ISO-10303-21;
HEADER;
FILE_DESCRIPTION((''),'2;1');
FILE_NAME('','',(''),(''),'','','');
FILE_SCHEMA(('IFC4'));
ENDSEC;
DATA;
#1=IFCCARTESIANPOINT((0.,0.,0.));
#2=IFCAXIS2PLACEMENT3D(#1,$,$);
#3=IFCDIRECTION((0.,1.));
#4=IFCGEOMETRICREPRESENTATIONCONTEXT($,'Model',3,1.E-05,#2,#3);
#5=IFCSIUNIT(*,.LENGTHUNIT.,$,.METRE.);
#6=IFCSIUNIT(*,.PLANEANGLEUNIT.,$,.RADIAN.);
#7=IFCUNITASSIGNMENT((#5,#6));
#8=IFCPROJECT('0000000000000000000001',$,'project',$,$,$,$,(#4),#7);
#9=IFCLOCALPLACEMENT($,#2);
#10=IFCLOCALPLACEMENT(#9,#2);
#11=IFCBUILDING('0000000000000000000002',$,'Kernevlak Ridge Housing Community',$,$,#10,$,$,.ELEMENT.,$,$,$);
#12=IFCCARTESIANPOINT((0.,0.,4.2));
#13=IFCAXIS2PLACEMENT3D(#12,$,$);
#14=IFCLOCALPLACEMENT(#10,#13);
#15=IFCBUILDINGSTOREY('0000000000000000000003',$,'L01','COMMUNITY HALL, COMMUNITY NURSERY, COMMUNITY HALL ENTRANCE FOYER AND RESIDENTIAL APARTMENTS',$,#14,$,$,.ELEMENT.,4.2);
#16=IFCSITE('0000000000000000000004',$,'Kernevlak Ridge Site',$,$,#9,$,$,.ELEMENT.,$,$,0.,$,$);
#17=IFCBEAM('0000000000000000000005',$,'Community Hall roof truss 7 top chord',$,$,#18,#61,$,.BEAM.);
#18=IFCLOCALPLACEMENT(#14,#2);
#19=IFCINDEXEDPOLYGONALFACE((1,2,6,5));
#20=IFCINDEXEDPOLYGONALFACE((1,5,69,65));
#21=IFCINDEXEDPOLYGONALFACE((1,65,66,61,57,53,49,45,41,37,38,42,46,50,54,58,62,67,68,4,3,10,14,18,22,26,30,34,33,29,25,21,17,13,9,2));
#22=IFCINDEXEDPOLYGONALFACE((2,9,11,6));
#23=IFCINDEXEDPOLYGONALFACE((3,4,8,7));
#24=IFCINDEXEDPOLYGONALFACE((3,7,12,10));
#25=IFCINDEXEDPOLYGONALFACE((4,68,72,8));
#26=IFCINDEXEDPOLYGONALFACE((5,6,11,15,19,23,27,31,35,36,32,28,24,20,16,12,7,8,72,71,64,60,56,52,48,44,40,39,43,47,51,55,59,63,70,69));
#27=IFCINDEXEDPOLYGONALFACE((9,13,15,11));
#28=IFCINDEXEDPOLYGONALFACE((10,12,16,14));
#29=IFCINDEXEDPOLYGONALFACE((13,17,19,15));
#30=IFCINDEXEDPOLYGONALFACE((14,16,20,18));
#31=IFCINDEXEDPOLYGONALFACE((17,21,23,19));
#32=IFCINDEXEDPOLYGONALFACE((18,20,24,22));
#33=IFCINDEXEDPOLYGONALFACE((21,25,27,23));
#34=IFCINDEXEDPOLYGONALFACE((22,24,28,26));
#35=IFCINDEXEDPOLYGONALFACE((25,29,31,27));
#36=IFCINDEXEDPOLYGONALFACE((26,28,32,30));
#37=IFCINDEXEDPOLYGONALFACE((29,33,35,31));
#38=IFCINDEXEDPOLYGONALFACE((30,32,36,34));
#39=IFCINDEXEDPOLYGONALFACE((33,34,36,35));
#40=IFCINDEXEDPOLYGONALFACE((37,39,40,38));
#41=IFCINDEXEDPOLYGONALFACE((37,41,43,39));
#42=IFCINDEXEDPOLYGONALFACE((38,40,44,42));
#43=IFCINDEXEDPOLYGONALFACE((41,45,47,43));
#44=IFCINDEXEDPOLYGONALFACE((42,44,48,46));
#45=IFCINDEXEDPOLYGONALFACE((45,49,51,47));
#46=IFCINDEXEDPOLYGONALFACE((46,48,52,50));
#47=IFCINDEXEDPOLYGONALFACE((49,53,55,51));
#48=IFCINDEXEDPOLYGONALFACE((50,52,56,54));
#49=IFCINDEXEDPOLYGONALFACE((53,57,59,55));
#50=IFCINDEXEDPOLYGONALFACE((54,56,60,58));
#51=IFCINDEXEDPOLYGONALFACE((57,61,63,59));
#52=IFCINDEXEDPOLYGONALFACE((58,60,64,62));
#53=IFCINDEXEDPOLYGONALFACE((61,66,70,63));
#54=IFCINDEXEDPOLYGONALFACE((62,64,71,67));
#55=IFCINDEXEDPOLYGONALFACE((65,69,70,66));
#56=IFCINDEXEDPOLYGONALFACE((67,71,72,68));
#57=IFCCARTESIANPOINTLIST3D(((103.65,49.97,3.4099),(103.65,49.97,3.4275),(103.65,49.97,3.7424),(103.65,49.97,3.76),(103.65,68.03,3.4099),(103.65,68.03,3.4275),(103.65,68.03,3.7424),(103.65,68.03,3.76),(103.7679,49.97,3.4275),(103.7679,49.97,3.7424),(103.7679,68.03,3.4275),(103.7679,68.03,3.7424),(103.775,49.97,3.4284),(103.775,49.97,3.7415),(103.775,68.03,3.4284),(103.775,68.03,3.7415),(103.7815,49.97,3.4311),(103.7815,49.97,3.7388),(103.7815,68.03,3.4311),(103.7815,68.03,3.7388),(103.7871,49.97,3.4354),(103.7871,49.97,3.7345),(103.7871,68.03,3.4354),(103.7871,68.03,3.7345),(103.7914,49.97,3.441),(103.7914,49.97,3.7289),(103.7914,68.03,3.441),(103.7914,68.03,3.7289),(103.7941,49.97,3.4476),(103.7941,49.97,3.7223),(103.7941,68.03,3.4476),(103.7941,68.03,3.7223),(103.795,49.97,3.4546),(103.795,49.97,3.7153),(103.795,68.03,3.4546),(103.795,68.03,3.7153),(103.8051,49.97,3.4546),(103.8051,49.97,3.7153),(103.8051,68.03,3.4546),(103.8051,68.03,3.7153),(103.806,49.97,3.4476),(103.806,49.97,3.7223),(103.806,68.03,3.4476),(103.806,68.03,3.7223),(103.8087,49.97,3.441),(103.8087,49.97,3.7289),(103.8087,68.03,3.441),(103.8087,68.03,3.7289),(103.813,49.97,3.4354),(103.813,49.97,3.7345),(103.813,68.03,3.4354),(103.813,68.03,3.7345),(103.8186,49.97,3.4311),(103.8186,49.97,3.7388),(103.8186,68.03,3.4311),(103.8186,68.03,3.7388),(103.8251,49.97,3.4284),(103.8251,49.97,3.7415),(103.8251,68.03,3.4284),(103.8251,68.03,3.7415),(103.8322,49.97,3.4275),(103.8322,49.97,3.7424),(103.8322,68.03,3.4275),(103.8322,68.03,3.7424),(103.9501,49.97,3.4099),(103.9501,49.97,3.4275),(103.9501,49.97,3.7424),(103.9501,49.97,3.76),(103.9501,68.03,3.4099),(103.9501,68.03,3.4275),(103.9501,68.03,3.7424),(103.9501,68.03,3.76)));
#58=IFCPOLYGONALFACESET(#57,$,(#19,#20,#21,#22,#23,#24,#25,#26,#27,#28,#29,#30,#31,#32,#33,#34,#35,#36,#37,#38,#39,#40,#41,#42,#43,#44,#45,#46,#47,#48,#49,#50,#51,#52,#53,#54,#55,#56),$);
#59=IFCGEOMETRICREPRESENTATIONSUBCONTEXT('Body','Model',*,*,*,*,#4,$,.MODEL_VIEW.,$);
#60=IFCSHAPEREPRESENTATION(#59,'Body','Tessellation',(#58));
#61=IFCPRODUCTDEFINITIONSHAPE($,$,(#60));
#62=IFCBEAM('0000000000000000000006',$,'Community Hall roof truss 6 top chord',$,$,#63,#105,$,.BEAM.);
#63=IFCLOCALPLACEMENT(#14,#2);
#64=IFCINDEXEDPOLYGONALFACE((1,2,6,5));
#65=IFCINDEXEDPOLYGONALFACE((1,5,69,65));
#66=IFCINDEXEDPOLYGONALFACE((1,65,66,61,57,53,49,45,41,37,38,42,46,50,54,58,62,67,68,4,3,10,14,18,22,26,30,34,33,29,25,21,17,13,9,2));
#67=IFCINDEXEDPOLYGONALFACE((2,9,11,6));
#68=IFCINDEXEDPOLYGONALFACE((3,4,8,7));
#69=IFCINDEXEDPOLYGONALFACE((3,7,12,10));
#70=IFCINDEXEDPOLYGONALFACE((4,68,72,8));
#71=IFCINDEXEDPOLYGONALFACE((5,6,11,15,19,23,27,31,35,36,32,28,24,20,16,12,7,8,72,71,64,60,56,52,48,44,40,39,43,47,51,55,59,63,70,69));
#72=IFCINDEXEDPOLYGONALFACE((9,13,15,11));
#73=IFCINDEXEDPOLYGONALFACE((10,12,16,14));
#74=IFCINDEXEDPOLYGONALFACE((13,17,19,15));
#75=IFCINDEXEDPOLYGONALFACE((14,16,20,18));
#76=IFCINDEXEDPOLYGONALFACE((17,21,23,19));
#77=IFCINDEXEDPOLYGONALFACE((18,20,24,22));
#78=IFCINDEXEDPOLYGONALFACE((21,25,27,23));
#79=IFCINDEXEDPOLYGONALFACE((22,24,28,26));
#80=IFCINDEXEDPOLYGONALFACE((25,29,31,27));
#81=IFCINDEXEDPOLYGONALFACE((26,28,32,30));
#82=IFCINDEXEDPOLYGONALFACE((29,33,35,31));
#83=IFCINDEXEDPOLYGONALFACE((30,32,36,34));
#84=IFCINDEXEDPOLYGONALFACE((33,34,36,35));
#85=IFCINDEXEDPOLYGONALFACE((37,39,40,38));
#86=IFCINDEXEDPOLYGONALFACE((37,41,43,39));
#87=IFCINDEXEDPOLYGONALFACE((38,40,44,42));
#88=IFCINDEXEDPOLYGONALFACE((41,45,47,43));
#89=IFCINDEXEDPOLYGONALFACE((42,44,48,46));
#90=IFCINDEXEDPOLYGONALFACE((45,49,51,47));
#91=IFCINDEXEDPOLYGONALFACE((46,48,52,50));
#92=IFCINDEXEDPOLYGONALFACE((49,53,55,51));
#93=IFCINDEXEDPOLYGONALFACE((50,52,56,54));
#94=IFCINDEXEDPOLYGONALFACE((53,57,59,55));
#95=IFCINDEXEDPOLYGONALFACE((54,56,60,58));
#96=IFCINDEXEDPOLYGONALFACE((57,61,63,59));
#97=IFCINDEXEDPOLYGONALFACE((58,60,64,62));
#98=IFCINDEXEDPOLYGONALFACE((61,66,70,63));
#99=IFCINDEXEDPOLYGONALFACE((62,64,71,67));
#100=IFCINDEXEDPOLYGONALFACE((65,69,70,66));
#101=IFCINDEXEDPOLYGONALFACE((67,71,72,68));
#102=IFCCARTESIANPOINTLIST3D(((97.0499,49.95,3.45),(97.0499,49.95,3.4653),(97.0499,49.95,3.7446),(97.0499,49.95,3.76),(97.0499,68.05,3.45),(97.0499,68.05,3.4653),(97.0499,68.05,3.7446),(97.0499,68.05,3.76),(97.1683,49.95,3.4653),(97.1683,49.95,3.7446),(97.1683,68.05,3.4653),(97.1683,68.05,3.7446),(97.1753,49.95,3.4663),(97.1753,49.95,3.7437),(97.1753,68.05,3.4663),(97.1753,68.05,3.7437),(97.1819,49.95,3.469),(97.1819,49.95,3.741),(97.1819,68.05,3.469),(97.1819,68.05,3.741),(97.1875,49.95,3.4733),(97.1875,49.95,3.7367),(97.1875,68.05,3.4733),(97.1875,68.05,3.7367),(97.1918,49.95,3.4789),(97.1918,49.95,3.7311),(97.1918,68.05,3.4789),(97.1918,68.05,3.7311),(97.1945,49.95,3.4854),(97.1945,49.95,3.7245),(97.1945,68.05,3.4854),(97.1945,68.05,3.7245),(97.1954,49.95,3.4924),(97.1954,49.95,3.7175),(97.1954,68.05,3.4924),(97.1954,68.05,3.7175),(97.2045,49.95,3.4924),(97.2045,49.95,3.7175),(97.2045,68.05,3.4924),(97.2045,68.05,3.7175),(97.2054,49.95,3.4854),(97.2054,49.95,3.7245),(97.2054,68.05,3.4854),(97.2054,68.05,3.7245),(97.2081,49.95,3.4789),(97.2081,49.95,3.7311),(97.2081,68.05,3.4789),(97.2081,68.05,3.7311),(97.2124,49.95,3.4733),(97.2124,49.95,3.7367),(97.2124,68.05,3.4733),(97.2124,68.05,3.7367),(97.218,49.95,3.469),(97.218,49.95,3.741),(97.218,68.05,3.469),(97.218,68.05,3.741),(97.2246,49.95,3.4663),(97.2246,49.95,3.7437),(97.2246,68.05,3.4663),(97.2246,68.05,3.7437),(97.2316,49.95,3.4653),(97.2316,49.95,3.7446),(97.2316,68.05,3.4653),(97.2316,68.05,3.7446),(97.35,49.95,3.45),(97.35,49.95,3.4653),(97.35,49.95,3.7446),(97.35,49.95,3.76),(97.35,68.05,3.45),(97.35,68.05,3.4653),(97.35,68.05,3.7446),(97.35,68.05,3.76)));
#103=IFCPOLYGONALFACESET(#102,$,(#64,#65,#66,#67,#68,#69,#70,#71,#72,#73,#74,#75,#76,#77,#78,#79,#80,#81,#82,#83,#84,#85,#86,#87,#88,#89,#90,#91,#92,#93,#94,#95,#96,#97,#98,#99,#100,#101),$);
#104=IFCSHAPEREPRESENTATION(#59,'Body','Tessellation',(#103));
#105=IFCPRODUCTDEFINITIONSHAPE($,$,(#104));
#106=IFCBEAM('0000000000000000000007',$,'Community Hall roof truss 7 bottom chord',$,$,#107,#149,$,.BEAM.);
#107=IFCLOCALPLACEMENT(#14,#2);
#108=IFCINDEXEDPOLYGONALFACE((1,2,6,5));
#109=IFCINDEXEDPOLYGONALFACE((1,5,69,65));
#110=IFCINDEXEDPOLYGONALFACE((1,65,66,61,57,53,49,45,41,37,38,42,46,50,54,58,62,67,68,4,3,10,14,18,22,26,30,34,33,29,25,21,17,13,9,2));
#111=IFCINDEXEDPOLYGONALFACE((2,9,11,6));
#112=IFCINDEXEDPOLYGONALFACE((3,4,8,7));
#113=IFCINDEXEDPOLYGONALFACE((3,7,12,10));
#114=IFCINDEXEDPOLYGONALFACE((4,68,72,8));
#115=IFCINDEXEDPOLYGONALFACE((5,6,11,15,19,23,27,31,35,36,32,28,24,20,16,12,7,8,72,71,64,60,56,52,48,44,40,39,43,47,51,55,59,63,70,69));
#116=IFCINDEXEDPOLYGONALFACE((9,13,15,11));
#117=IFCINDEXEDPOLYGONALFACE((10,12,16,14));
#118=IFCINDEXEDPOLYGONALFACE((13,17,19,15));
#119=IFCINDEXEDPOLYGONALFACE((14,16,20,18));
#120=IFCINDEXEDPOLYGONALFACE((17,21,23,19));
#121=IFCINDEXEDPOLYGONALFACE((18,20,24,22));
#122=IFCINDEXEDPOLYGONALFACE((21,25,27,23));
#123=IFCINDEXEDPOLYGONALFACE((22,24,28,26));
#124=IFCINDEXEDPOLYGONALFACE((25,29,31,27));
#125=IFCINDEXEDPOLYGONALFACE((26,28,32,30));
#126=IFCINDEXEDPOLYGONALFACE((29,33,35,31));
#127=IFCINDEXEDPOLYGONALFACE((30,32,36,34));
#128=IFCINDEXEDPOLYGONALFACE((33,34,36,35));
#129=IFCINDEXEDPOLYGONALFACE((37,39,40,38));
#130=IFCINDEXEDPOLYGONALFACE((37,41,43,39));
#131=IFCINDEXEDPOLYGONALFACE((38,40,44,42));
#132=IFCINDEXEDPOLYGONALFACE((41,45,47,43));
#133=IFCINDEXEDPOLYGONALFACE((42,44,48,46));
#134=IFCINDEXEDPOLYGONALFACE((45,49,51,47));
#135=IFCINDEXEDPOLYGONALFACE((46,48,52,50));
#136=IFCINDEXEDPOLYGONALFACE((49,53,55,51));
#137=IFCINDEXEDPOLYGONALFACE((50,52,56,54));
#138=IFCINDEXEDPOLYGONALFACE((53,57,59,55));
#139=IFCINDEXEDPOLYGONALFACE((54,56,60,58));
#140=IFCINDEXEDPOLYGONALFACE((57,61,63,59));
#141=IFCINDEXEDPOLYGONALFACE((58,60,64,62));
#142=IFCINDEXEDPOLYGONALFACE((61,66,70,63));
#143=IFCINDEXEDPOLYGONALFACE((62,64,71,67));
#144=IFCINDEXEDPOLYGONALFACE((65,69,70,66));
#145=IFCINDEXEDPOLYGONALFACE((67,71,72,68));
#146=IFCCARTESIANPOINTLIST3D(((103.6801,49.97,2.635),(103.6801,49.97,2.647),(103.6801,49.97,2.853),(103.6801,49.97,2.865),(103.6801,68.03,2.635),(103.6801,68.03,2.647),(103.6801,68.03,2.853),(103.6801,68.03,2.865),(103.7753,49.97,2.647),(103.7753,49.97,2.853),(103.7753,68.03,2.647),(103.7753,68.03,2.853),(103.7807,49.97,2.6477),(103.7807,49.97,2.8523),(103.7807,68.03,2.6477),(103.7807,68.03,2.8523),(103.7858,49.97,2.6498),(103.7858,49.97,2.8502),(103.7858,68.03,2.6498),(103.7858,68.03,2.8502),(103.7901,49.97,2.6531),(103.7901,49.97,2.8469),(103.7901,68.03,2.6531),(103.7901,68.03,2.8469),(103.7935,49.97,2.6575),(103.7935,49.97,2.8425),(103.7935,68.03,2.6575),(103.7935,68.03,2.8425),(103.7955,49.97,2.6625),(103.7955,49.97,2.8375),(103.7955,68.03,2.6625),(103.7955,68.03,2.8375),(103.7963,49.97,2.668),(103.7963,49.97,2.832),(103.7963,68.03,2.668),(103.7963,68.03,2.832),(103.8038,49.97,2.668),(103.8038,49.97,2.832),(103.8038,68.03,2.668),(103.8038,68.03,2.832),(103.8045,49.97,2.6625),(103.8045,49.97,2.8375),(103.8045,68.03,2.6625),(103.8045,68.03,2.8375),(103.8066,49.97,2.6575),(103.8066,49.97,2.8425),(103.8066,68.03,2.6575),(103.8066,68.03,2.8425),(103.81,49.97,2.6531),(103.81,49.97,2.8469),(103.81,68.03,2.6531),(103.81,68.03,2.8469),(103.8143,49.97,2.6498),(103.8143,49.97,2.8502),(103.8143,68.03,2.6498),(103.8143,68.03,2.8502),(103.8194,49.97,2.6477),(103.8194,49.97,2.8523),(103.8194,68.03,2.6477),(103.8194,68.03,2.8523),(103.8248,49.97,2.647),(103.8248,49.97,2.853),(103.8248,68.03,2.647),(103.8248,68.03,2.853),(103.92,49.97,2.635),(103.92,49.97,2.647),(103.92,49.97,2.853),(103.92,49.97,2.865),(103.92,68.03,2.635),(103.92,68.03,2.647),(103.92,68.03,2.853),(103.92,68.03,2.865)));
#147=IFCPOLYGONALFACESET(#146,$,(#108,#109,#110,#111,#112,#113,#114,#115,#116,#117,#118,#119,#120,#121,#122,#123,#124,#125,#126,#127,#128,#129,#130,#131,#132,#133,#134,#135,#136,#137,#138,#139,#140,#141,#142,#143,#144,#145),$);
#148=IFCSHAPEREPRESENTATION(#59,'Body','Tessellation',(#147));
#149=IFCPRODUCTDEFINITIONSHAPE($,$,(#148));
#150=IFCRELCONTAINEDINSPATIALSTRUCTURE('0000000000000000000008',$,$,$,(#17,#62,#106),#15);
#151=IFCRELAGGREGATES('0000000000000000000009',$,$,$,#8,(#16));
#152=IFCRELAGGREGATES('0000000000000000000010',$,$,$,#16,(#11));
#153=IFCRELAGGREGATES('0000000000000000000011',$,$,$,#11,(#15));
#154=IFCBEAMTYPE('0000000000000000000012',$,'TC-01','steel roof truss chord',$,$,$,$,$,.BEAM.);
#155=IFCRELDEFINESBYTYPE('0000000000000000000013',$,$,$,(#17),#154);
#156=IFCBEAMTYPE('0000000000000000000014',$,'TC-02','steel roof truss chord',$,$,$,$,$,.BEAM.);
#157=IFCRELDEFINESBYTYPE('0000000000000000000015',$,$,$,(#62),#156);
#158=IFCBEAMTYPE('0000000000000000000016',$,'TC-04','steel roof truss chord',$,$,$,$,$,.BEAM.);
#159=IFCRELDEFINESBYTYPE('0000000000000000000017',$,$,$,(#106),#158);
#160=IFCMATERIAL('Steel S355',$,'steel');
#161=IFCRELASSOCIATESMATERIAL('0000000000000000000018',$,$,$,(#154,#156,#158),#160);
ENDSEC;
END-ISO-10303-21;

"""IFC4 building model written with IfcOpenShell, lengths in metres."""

from ifc_helpers import new_model, si_unit, direction, frame, origin, origin_2d, place, context, subcontext, project, spatial, i_section, extrude, material, material_profile, profile_set, type_object, element, save


model = new_model("IFC4")

# Units and contexts
model_context = context("Model", 3, precision=1e-05, world=origin(), true_north=direction((0.0, 1.0)))
body_context = subcontext(model_context, "Body", "Model", "MODEL_VIEW")
ifc_project = project(units=[si_unit("LENGTHUNIT", "METRE"), si_unit("PLANEANGLEUNIT", "RADIAN")], contexts=[model_context])

# Site, building, storey
site_placement = place(None, origin())
site = spatial("IfcSite", under=ifc_project, at=site_placement, Name="Kernevlak Ridge Site", CompositionType="ELEMENT", RefElevation=0.0)
building_placement = place(site_placement, origin())
building = spatial("IfcBuilding", under=site, at=building_placement, Name="Kernevlak Ridge Housing Community", CompositionType="ELEMENT")
storey_placement = place(building_placement, frame((0.0, 0.0, 4.2)))
storey = spatial("IfcBuildingStorey", under=building, at=storey_placement, Name="L01", Description="COMMUNITY HALL, COMMUNITY NURSERY, COMMUNITY HALL ENTRANCE FOYER AND RESIDENTIAL APARTMENTS", CompositionType="ELEMENT", Elevation=4.2)

# Shared definitions
ifc_material_1 = material(Name="Steel S355", Category="steel")

# Beams
ifc_material_profile_1 = material_profile(ifc_material_1, i_section(OverallWidth=0.3, OverallDepth=0.3501, WebThickness=0.01, FlangeThickness=0.0176, FilletRadius=0.0271, at=origin_2d()), Name="HEA 360")
ifc_profile_set_1 = profile_set([ifc_material_profile_1], Name="Steel S355")
beam_type_1 = type_object("IfcBeamType", Name="TC-01", Description="steel roof truss chord", PredefinedType="BEAM", material=ifc_profile_set_1)
beam_1_placement = place(storey_placement, frame((103.8, 49.97, 3.585), z_axis=(0.0, 1.0, 0.0), x_axis=(-1.0, 0.0, 0.0)))
element("IfcBeam", 1, at=beam_1_placement, inside=storey, type_object=beam_type_1, Name="Community Hall roof truss 7 top chord", PredefinedType="BEAM", context=body_context, shape_type="SweptSolid", body=[
    extrude(i_section(OverallWidth=0.3, OverallDepth=0.3501, WebThickness=0.01, FlangeThickness=0.0176, FilletRadius=0.0271, at=origin_2d()), origin(), (0.0, 0.0, 1.0), 18.0601),
])
ifc_material_profile_2 = material_profile(ifc_material_1, i_section(OverallWidth=0.3, OverallDepth=0.3101, WebThickness=0.009, FlangeThickness=0.0154, FilletRadius=0.0271, at=origin_2d()), Name="HEA 320")
ifc_profile_set_2 = profile_set([ifc_material_profile_2], Name="Steel S355")
beam_type_2 = type_object("IfcBeamType", Name="TC-02", Description="steel roof truss chord", PredefinedType="BEAM", material=ifc_profile_set_2)
beam_2_placement = place(storey_placement, frame((97.2, 49.95, 3.605), z_axis=(0.0, 1.0, 0.0), x_axis=(-1.0, 0.0, 0.0)))
element("IfcBeam", 2, at=beam_2_placement, inside=storey, type_object=beam_type_2, Name="Community Hall roof truss 6 top chord", PredefinedType="BEAM", context=body_context, shape_type="SweptSolid", body=[
    extrude(i_section(OverallWidth=0.3, OverallDepth=0.3101, WebThickness=0.009, FlangeThickness=0.0154, FilletRadius=0.0271, at=origin_2d()), origin(), (0.0, 0.0, 1.0), 18.1001),
])
ifc_material_profile_3 = material_profile(ifc_material_1, i_section(OverallWidth=0.24, OverallDepth=0.23, WebThickness=0.0076, FlangeThickness=0.012, FilletRadius=0.021, at=origin_2d()), Name="HEA 240")
ifc_profile_set_3 = profile_set([ifc_material_profile_3], Name="Steel S355")
beam_type_3 = type_object("IfcBeamType", Name="TC-04", Description="steel roof truss chord", PredefinedType="BEAM", material=ifc_profile_set_3)
beam_3_placement = place(storey_placement, frame((103.8, 49.97, 2.75), z_axis=(0.0, 1.0, 0.0), x_axis=(-1.0, 0.0, 0.0)))
element("IfcBeam", 3, at=beam_3_placement, inside=storey, type_object=beam_type_3, Name="Community Hall roof truss 7 bottom chord", PredefinedType="BEAM", context=body_context, shape_type="SweptSolid", body=[
    extrude(i_section(OverallWidth=0.24, OverallDepth=0.23, WebThickness=0.0076, FlangeThickness=0.012, FilletRadius=0.021, at=origin_2d()), origin(), (0.0, 0.0, 1.0), 18.0601),
])

save(model, "model.ifc")
